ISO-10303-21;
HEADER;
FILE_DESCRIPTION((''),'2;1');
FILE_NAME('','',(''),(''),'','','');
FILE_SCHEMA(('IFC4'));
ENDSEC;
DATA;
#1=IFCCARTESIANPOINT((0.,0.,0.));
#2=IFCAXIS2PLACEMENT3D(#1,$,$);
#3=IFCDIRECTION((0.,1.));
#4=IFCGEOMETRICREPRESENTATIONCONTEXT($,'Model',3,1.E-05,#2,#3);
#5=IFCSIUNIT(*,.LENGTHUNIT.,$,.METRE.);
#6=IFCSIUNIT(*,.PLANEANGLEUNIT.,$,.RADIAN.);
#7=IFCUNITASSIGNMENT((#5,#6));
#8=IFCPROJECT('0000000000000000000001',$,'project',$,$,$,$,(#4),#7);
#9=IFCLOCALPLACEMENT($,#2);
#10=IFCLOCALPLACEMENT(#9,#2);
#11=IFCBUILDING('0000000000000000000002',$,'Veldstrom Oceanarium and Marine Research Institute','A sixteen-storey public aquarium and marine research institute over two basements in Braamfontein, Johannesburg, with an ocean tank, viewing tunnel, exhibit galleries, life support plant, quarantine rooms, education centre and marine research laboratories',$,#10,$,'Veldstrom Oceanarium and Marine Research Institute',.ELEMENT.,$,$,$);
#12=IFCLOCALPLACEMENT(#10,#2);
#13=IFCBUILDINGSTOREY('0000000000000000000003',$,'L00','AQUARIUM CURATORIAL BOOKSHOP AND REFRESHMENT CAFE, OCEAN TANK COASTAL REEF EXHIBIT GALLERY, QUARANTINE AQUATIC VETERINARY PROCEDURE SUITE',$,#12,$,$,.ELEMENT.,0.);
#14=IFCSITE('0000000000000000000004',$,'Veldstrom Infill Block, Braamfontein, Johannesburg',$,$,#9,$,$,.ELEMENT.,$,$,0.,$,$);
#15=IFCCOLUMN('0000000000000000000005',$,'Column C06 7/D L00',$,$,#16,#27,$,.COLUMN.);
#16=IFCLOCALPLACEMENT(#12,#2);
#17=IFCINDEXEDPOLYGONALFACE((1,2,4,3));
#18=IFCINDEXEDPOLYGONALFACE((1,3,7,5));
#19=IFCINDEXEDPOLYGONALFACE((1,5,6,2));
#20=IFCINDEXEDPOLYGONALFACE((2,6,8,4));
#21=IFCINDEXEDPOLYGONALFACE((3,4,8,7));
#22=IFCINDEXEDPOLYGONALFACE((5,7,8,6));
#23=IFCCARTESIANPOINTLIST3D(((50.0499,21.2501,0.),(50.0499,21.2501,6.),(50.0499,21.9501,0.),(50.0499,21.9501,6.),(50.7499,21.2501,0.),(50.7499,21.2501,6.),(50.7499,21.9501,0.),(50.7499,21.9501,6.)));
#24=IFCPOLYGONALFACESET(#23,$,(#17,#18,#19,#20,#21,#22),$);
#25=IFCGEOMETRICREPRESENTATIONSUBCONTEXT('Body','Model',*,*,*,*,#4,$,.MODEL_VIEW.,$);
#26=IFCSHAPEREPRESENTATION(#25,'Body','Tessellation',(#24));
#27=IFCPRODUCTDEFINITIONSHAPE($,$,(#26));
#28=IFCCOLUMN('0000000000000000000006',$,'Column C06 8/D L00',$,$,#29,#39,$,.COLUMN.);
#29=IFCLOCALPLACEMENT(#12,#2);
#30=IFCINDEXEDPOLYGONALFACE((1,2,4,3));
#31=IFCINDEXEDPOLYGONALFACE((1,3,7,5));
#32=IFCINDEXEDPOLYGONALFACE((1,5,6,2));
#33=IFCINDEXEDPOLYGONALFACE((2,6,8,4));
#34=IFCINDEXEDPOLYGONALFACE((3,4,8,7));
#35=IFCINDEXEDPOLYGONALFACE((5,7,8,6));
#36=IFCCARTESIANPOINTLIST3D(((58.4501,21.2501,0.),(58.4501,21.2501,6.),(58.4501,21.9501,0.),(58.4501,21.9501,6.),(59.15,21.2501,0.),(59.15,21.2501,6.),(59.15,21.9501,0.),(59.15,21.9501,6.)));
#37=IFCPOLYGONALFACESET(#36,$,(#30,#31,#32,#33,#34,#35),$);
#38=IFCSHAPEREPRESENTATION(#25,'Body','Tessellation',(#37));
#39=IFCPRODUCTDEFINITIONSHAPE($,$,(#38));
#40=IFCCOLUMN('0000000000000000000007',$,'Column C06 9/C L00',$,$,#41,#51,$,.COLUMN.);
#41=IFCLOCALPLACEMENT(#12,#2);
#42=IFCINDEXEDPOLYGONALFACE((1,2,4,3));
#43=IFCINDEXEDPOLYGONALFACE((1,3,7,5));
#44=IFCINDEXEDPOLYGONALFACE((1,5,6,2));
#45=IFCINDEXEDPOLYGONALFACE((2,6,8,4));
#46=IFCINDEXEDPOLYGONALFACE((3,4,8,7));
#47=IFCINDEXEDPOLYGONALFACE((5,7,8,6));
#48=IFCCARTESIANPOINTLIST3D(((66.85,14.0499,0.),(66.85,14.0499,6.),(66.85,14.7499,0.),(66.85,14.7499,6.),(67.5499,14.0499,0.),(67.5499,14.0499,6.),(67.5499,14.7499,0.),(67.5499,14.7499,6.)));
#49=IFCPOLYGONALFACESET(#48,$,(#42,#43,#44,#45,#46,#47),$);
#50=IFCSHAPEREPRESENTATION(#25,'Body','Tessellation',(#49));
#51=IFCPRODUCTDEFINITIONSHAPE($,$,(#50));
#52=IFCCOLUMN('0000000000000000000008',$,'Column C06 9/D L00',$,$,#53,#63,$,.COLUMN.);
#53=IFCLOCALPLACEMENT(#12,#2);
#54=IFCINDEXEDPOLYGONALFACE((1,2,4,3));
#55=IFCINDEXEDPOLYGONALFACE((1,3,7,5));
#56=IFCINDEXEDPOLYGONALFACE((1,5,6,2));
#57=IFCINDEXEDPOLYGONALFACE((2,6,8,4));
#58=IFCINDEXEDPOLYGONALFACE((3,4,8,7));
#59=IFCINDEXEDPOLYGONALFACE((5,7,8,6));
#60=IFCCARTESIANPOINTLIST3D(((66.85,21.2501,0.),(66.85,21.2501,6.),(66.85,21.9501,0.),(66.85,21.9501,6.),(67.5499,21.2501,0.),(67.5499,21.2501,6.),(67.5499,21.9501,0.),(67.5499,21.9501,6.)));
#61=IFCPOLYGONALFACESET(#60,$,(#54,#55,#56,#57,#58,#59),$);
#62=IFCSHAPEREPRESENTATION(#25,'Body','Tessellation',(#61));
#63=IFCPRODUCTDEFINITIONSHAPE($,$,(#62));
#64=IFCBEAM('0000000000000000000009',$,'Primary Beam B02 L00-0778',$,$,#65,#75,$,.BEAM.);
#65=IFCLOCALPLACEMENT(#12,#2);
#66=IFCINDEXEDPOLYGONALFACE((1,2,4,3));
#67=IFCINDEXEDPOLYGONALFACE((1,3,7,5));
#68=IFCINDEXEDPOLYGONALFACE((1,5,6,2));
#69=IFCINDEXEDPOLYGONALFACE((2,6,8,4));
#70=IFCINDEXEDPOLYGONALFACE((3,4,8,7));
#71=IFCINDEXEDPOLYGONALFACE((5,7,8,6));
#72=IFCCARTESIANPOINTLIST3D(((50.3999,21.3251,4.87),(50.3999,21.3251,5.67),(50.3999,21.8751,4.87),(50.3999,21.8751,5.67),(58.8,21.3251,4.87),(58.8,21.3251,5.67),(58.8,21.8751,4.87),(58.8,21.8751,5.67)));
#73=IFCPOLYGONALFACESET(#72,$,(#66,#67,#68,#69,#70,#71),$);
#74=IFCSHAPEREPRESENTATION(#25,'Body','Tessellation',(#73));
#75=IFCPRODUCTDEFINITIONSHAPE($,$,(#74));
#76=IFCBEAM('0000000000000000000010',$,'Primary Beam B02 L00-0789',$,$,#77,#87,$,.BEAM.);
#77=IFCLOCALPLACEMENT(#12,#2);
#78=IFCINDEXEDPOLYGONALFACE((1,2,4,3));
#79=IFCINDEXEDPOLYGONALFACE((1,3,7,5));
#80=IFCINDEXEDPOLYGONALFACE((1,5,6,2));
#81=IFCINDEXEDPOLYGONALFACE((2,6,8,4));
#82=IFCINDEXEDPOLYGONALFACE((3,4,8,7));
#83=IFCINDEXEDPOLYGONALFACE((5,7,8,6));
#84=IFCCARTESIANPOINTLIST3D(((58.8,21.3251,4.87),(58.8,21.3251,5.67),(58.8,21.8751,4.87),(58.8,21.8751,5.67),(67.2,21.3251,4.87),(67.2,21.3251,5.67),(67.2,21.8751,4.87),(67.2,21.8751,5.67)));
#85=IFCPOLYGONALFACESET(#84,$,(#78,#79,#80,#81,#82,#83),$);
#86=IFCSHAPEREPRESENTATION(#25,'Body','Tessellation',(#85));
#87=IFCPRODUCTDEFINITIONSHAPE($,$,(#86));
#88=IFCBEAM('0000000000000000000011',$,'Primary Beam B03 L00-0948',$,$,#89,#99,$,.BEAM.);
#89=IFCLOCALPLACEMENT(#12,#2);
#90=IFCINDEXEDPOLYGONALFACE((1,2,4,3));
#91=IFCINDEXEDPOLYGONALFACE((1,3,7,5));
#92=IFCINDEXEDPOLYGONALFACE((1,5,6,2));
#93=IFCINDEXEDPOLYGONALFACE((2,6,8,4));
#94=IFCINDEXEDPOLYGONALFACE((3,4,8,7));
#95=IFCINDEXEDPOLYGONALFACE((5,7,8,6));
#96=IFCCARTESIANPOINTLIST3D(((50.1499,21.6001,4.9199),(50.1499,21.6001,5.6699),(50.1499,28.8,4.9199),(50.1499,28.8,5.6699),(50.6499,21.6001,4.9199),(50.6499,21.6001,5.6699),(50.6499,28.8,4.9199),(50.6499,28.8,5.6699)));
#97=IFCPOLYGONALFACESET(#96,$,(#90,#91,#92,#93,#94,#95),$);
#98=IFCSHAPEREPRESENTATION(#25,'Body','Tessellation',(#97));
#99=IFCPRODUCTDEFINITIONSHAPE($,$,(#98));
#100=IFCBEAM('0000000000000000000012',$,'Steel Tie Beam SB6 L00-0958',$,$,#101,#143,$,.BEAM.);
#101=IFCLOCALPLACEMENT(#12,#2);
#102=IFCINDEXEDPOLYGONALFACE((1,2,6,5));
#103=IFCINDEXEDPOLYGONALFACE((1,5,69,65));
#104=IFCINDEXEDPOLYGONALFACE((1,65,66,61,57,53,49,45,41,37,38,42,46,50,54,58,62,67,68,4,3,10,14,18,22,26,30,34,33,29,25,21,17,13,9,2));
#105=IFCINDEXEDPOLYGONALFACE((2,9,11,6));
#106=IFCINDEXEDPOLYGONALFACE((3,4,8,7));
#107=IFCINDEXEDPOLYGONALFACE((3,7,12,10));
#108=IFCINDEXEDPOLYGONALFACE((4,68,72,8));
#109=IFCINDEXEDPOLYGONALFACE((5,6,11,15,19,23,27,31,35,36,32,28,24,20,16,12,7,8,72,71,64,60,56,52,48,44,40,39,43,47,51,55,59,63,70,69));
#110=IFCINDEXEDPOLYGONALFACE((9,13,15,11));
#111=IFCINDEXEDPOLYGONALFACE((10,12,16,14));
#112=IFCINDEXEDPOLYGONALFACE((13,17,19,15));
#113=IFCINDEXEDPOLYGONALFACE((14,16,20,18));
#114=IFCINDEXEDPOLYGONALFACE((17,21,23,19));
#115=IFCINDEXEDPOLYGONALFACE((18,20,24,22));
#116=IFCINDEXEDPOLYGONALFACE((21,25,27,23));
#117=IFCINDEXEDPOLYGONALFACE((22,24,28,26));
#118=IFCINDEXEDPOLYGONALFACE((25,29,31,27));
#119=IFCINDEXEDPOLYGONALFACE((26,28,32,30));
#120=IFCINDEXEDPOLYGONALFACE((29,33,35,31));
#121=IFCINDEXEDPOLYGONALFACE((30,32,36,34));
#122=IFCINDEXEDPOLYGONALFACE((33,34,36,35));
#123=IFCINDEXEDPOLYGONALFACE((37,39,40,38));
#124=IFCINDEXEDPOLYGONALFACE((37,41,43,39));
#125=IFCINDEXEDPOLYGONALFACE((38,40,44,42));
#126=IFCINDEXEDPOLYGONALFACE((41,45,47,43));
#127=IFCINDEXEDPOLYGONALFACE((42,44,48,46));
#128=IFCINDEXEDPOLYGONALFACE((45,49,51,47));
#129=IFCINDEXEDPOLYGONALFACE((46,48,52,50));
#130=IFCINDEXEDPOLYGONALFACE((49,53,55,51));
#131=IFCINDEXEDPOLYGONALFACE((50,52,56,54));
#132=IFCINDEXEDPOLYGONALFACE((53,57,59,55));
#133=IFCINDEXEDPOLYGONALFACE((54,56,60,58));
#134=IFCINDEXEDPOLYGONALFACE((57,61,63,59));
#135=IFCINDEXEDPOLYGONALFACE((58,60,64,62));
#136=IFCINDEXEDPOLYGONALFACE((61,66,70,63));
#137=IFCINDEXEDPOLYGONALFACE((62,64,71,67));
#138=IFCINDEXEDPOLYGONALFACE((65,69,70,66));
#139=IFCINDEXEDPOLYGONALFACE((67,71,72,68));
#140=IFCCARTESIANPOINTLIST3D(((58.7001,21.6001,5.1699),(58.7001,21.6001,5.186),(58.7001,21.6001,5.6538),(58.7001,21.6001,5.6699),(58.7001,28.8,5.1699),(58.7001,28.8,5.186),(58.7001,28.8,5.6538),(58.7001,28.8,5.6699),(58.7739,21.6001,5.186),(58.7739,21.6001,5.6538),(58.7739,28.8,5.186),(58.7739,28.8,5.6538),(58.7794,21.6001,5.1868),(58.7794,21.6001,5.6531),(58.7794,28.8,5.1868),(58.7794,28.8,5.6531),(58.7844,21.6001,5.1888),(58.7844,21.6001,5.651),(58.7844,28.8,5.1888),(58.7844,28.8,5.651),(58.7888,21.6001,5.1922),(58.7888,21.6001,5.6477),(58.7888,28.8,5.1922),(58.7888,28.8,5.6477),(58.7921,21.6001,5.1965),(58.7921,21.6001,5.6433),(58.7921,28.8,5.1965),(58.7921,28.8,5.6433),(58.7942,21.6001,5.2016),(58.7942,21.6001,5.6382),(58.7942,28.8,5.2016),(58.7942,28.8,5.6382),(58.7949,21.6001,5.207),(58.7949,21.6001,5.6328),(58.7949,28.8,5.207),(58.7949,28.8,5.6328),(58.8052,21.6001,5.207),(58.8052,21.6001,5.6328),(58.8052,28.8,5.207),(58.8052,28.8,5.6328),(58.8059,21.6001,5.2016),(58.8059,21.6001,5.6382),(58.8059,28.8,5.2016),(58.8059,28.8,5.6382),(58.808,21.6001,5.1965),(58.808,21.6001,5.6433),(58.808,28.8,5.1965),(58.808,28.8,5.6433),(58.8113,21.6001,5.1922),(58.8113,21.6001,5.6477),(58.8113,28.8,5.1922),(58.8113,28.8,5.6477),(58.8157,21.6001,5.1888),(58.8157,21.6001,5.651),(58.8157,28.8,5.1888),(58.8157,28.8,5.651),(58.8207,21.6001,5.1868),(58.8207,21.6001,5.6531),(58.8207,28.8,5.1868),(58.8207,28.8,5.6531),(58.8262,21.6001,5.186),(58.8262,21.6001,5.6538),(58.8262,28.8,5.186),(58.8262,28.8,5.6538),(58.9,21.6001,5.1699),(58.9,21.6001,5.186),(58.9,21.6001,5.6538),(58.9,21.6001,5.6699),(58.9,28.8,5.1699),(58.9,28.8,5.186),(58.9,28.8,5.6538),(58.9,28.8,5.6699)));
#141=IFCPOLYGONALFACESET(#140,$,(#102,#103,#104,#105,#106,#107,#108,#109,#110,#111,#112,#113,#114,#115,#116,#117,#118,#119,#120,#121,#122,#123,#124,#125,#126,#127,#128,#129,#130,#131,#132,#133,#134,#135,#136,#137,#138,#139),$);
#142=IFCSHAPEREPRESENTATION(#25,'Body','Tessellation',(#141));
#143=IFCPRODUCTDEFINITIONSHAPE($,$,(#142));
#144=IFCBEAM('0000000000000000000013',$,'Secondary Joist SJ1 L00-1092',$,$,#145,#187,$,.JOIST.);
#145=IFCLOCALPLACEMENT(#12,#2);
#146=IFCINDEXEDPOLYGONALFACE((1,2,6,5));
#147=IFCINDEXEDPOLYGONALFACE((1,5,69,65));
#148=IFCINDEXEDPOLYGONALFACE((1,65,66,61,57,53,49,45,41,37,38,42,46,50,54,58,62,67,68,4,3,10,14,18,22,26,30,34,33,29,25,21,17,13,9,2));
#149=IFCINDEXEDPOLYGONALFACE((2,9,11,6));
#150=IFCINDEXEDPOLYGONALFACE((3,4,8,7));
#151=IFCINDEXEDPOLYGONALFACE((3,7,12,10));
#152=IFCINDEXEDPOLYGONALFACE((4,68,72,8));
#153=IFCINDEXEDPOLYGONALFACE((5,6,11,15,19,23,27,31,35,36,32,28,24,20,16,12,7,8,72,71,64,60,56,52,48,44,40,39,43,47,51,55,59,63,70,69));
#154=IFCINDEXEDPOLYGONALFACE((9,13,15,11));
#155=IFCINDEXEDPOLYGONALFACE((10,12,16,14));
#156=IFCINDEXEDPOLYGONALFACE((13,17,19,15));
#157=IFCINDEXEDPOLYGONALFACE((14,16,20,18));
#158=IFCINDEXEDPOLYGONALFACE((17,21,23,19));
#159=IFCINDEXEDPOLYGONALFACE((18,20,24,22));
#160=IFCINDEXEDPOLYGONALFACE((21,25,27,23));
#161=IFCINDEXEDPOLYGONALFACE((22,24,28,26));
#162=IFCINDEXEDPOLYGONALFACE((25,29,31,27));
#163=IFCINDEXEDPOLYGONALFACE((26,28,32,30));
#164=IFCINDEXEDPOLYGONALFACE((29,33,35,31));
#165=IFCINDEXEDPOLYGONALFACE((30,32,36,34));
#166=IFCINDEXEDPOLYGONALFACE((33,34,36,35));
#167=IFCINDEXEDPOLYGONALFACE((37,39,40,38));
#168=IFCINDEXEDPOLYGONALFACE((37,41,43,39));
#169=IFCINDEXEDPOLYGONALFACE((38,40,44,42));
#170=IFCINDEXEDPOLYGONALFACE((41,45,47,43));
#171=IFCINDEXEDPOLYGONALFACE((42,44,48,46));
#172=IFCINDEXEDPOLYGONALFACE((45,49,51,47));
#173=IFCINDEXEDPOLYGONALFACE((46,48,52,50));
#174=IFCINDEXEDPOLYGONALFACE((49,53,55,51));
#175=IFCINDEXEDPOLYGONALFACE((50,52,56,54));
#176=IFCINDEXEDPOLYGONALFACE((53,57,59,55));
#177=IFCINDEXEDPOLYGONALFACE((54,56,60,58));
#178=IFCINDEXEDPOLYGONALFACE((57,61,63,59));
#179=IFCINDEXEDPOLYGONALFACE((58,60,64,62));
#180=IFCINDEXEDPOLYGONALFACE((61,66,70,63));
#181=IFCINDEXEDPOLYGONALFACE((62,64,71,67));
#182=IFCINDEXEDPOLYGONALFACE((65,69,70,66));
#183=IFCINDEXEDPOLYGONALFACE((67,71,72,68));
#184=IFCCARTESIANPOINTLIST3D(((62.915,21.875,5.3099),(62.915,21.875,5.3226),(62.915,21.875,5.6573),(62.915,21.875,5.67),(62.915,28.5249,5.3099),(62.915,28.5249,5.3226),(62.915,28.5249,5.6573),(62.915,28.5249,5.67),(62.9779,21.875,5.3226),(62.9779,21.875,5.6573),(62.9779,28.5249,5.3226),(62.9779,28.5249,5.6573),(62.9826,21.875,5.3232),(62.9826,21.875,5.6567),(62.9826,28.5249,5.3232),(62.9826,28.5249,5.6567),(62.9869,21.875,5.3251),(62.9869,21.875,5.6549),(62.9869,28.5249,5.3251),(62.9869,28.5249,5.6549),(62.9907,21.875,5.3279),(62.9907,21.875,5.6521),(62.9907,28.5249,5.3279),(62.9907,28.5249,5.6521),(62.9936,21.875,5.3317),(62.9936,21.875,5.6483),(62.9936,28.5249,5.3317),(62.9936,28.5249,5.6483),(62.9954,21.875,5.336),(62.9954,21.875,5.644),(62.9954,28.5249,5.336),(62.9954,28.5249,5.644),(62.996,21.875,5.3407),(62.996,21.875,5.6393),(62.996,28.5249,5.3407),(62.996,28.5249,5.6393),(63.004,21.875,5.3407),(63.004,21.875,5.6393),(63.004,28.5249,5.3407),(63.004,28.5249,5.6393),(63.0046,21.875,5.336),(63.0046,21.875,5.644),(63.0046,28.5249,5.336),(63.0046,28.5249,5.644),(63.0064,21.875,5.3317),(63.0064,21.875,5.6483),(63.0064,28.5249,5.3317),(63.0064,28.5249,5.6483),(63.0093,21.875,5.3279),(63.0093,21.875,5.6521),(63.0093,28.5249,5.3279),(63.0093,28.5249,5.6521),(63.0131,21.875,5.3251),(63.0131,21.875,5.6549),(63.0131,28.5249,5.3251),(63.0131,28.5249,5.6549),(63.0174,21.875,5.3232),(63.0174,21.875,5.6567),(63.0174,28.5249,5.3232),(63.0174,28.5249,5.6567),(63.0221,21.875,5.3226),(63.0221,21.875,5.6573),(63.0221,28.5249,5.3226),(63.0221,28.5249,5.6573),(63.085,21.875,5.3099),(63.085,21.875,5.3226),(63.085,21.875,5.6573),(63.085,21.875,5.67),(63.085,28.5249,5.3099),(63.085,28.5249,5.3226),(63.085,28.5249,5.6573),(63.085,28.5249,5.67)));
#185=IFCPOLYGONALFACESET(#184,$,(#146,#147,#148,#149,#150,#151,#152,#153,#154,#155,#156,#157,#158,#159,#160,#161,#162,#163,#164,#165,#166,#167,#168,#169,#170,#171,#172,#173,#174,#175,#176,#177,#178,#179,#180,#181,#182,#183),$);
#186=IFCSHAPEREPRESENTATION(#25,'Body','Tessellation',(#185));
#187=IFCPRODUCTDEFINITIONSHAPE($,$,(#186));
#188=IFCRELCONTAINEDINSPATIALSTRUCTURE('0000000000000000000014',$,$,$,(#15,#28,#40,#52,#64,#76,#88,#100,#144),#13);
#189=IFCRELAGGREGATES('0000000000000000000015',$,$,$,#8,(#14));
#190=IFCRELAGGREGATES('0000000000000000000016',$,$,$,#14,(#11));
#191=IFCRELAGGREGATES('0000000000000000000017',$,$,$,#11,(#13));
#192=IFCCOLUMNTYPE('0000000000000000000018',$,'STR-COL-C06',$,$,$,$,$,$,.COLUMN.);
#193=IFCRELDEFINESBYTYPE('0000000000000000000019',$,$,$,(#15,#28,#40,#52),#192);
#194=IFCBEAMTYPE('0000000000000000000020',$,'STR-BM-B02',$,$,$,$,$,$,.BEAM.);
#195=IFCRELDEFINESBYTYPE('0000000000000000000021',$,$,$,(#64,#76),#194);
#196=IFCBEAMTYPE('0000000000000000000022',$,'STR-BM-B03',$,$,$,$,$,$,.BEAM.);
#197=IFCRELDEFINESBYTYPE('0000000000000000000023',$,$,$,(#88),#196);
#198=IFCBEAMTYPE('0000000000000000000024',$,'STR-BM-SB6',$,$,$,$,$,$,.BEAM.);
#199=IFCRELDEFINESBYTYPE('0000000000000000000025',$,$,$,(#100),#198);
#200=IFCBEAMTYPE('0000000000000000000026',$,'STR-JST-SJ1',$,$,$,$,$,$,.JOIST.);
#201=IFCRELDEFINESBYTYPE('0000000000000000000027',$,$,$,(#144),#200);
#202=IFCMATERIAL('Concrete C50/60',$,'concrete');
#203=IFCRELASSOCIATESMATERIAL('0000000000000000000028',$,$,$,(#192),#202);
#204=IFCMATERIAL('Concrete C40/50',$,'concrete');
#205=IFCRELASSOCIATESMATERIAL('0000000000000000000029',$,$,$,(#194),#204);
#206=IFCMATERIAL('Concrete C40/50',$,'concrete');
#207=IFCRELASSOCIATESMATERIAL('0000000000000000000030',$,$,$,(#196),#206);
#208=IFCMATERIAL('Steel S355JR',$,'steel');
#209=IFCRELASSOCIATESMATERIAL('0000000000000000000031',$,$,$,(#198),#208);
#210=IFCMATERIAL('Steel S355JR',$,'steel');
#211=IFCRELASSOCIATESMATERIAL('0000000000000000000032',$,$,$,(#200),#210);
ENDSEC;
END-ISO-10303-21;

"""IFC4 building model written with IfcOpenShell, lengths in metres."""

from ifc_helpers import new_model, si_unit, direction, frame, origin, origin_2d, place, context, subcontext, project, spatial, rectangle, i_section, extrude, material, material_profile, profile_set, type_object, element, save


model = new_model("IFC4")

# Units and contexts
model_context = context("Model", 3, precision=1e-05, world=origin(), true_north=direction((0.0, 1.0)))
body_context = subcontext(model_context, "Body", "Model", "MODEL_VIEW")
ifc_project = project(units=[si_unit("LENGTHUNIT", "METRE"), si_unit("PLANEANGLEUNIT", "RADIAN")], contexts=[model_context])

# Site, building, storey
site_placement = place(None, origin())
site = spatial("IfcSite", under=ifc_project, at=site_placement, Name="Veldstrom Infill Block, Braamfontein, Johannesburg", CompositionType="ELEMENT", RefElevation=0.0)
building_placement = place(site_placement, origin())
building = spatial("IfcBuilding", under=site, at=building_placement, Name="Veldstrom Oceanarium and Marine Research Institute", Description="A sixteen-storey public aquarium and marine research institute over two basements in Braamfontein, Johannesburg, with an ocean tank, viewing tunnel, exhibit galleries, life support plant, quarantine rooms, education centre and marine research laboratories", LongName="Veldstrom Oceanarium and Marine Research Institute", CompositionType="ELEMENT")
storey_placement = place(building_placement, origin())
storey = spatial("IfcBuildingStorey", under=building, at=storey_placement, Name="L00", Description="AQUARIUM CURATORIAL BOOKSHOP AND REFRESHMENT CAFE, OCEAN TANK COASTAL REEF EXHIBIT GALLERY, QUARANTINE AQUATIC VETERINARY PROCEDURE SUITE", CompositionType="ELEMENT", Elevation=0.0)

# Columns
ifc_material_1 = material(Name="Concrete C50/60", Category="concrete")
ifc_material_profile_1 = material_profile(ifc_material_1, rectangle(XDim=0.7, YDim=0.7, at=origin_2d()), Name="RC-COL-700x700")
ifc_profile_set_1 = profile_set([ifc_material_profile_1], Name="Concrete C50/60")
column_type = type_object("IfcColumnType", Name="STR-COL-C06", PredefinedType="COLUMN", material=ifc_profile_set_1)
for number, where, z_axis, x_axis, name in (
    (1, (50.3999, 21.6001, 0.0), (0.0, 0.0, 1.0), (1.0, 0.0, 0.0), "Column C06 7/D L00"),
    (2, (58.8, 21.6001, 0.0), (0.0, 0.0, 1.0), (1.0, 0.0, 0.0), "Column C06 8/D L00"),
    (3, (67.2, 14.3999, 0.0), (0.0, 0.0, 1.0), (1.0, 0.0, 0.0), "Column C06 9/C L00"),
    (4, (67.2, 21.6001, 0.0), (0.0, 0.0, 1.0), (1.0, 0.0, 0.0), "Column C06 9/D L00"),
):
    element("IfcColumn", number, at=place(storey_placement, frame(where, z_axis=z_axis, x_axis=x_axis)), inside=storey, type_object=column_type, Name=name, PredefinedType="COLUMN", context=body_context, shape_type="SweptSolid", body=[
        extrude(rectangle(XDim=0.7, YDim=0.7, at=origin_2d()), origin(), (0.0, 0.0, 1.0), 6.0),
    ])

# Beams
ifc_material_2 = material(Name="Concrete C40/50", Category="concrete")
ifc_material_profile_2 = material_profile(ifc_material_2, rectangle(XDim=0.55, YDim=0.8, at=origin_2d()), Name="RC-BM-550x800")
ifc_profile_set_2 = profile_set([ifc_material_profile_2], Name="Concrete C40/50")
beam_type_1 = type_object("IfcBeamType", Name="STR-BM-B02", PredefinedType="BEAM", material=ifc_profile_set_2)
beam_1_placement = place(storey_placement, frame((50.3999, 21.6001, 5.27), z_axis=(1.0, 0.0, 0.0), x_axis=(0.0, 1.0, 0.0)))
element("IfcBeam", 5, at=beam_1_placement, inside=storey, type_object=beam_type_1, Name="Primary Beam B02 L00-0778", PredefinedType="BEAM", context=body_context, shape_type="SweptSolid", body=[
    extrude(rectangle(XDim=0.55, YDim=0.8, at=origin_2d()), origin(), (0.0, 0.0, 1.0), 8.4001),
])
beam_2_placement = place(storey_placement, frame((58.8, 21.6001, 5.27), z_axis=(1.0, 0.0, 0.0), x_axis=(0.0, 1.0, 0.0)))
element("IfcBeam", 6, at=beam_2_placement, inside=storey, type_object=beam_type_1, Name="Primary Beam B02 L00-0789", PredefinedType="BEAM", context=body_context, shape_type="SweptSolid", body=[
    extrude(rectangle(XDim=0.55, YDim=0.8, at=origin_2d()), origin(), (0.0, 0.0, 1.0), 8.3999),
])
ifc_material_3 = material(Name="Concrete C40/50", Category="concrete")
ifc_material_profile_3 = material_profile(ifc_material_3, rectangle(XDim=0.5, YDim=0.75, at=origin_2d()), Name="RC-BM-500x750")
ifc_profile_set_3 = profile_set([ifc_material_profile_3], Name="Concrete C40/50")
beam_type_2 = type_object("IfcBeamType", Name="STR-BM-B03", PredefinedType="BEAM", material=ifc_profile_set_3)
beam_3_placement = place(storey_placement, frame((50.3999, 21.6001, 5.2949), z_axis=(0.0, 1.0, 0.0), x_axis=(-1.0, 0.0, 0.0)))
element("IfcBeam", 7, at=beam_3_placement, inside=storey, type_object=beam_type_2, Name="Primary Beam B03 L00-0948", PredefinedType="BEAM", context=body_context, shape_type="SweptSolid", body=[
    extrude(rectangle(XDim=0.5, YDim=0.75, at=origin_2d()), origin(), (0.0, 0.0, 1.0), 7.2),
])
ifc_material_4 = material(Name="Steel S355JR", Category="steel")
ifc_material_profile_4 = material_profile(ifc_material_4, i_section(OverallWidth=0.2, OverallDepth=0.5, WebThickness=0.0103, FlangeThickness=0.0161, FilletRadius=0.021, at=origin_2d()), Name="IPE 500")
ifc_profile_set_4 = profile_set([ifc_material_profile_4], Name="Steel S355JR")
beam_type_3 = type_object("IfcBeamType", Name="STR-BM-SB6", PredefinedType="BEAM", material=ifc_profile_set_4)
beam_4_placement = place(storey_placement, frame((58.8, 21.6001, 5.4199), z_axis=(0.0, 1.0, 0.0), x_axis=(-1.0, 0.0, 0.0)))
element("IfcBeam", 8, at=beam_4_placement, inside=storey, type_object=beam_type_3, Name="Steel Tie Beam SB6 L00-0958", PredefinedType="BEAM", context=body_context, shape_type="SweptSolid", body=[
    extrude(i_section(OverallWidth=0.2, OverallDepth=0.5, WebThickness=0.0103, FlangeThickness=0.0161, FilletRadius=0.021, at=origin_2d()), origin(), (0.0, 0.0, 1.0), 7.2),
])
ifc_material_5 = material(Name="Steel S355JR", Category="steel")
ifc_material_profile_5 = material_profile(ifc_material_5, i_section(OverallWidth=0.1699, OverallDepth=0.3601, WebThickness=0.0081, FlangeThickness=0.0127, FilletRadius=0.0181, at=origin_2d()), Name="IPE 360")
ifc_profile_set_5 = profile_set([ifc_material_profile_5], Name="Steel S355JR")
beam_type_4 = type_object("IfcBeamType", Name="STR-JST-SJ1", PredefinedType="JOIST", material=ifc_profile_set_5)
beam_5_placement = place(storey_placement, frame((63.0, 21.875, 5.49), z_axis=(0.0, 1.0, 0.0), x_axis=(-1.0, 0.0, 0.0)))
element("IfcBeam", 9, at=beam_5_placement, inside=storey, type_object=beam_type_4, Name="Secondary Joist SJ1 L00-1092", PredefinedType="JOIST", context=body_context, shape_type="SweptSolid", body=[
    extrude(i_section(OverallWidth=0.1699, OverallDepth=0.3601, WebThickness=0.0081, FlangeThickness=0.0127, FilletRadius=0.0181, at=origin_2d()), origin(), (0.0, 0.0, 1.0), 6.6499),
])

save(model, "model.ifc")
